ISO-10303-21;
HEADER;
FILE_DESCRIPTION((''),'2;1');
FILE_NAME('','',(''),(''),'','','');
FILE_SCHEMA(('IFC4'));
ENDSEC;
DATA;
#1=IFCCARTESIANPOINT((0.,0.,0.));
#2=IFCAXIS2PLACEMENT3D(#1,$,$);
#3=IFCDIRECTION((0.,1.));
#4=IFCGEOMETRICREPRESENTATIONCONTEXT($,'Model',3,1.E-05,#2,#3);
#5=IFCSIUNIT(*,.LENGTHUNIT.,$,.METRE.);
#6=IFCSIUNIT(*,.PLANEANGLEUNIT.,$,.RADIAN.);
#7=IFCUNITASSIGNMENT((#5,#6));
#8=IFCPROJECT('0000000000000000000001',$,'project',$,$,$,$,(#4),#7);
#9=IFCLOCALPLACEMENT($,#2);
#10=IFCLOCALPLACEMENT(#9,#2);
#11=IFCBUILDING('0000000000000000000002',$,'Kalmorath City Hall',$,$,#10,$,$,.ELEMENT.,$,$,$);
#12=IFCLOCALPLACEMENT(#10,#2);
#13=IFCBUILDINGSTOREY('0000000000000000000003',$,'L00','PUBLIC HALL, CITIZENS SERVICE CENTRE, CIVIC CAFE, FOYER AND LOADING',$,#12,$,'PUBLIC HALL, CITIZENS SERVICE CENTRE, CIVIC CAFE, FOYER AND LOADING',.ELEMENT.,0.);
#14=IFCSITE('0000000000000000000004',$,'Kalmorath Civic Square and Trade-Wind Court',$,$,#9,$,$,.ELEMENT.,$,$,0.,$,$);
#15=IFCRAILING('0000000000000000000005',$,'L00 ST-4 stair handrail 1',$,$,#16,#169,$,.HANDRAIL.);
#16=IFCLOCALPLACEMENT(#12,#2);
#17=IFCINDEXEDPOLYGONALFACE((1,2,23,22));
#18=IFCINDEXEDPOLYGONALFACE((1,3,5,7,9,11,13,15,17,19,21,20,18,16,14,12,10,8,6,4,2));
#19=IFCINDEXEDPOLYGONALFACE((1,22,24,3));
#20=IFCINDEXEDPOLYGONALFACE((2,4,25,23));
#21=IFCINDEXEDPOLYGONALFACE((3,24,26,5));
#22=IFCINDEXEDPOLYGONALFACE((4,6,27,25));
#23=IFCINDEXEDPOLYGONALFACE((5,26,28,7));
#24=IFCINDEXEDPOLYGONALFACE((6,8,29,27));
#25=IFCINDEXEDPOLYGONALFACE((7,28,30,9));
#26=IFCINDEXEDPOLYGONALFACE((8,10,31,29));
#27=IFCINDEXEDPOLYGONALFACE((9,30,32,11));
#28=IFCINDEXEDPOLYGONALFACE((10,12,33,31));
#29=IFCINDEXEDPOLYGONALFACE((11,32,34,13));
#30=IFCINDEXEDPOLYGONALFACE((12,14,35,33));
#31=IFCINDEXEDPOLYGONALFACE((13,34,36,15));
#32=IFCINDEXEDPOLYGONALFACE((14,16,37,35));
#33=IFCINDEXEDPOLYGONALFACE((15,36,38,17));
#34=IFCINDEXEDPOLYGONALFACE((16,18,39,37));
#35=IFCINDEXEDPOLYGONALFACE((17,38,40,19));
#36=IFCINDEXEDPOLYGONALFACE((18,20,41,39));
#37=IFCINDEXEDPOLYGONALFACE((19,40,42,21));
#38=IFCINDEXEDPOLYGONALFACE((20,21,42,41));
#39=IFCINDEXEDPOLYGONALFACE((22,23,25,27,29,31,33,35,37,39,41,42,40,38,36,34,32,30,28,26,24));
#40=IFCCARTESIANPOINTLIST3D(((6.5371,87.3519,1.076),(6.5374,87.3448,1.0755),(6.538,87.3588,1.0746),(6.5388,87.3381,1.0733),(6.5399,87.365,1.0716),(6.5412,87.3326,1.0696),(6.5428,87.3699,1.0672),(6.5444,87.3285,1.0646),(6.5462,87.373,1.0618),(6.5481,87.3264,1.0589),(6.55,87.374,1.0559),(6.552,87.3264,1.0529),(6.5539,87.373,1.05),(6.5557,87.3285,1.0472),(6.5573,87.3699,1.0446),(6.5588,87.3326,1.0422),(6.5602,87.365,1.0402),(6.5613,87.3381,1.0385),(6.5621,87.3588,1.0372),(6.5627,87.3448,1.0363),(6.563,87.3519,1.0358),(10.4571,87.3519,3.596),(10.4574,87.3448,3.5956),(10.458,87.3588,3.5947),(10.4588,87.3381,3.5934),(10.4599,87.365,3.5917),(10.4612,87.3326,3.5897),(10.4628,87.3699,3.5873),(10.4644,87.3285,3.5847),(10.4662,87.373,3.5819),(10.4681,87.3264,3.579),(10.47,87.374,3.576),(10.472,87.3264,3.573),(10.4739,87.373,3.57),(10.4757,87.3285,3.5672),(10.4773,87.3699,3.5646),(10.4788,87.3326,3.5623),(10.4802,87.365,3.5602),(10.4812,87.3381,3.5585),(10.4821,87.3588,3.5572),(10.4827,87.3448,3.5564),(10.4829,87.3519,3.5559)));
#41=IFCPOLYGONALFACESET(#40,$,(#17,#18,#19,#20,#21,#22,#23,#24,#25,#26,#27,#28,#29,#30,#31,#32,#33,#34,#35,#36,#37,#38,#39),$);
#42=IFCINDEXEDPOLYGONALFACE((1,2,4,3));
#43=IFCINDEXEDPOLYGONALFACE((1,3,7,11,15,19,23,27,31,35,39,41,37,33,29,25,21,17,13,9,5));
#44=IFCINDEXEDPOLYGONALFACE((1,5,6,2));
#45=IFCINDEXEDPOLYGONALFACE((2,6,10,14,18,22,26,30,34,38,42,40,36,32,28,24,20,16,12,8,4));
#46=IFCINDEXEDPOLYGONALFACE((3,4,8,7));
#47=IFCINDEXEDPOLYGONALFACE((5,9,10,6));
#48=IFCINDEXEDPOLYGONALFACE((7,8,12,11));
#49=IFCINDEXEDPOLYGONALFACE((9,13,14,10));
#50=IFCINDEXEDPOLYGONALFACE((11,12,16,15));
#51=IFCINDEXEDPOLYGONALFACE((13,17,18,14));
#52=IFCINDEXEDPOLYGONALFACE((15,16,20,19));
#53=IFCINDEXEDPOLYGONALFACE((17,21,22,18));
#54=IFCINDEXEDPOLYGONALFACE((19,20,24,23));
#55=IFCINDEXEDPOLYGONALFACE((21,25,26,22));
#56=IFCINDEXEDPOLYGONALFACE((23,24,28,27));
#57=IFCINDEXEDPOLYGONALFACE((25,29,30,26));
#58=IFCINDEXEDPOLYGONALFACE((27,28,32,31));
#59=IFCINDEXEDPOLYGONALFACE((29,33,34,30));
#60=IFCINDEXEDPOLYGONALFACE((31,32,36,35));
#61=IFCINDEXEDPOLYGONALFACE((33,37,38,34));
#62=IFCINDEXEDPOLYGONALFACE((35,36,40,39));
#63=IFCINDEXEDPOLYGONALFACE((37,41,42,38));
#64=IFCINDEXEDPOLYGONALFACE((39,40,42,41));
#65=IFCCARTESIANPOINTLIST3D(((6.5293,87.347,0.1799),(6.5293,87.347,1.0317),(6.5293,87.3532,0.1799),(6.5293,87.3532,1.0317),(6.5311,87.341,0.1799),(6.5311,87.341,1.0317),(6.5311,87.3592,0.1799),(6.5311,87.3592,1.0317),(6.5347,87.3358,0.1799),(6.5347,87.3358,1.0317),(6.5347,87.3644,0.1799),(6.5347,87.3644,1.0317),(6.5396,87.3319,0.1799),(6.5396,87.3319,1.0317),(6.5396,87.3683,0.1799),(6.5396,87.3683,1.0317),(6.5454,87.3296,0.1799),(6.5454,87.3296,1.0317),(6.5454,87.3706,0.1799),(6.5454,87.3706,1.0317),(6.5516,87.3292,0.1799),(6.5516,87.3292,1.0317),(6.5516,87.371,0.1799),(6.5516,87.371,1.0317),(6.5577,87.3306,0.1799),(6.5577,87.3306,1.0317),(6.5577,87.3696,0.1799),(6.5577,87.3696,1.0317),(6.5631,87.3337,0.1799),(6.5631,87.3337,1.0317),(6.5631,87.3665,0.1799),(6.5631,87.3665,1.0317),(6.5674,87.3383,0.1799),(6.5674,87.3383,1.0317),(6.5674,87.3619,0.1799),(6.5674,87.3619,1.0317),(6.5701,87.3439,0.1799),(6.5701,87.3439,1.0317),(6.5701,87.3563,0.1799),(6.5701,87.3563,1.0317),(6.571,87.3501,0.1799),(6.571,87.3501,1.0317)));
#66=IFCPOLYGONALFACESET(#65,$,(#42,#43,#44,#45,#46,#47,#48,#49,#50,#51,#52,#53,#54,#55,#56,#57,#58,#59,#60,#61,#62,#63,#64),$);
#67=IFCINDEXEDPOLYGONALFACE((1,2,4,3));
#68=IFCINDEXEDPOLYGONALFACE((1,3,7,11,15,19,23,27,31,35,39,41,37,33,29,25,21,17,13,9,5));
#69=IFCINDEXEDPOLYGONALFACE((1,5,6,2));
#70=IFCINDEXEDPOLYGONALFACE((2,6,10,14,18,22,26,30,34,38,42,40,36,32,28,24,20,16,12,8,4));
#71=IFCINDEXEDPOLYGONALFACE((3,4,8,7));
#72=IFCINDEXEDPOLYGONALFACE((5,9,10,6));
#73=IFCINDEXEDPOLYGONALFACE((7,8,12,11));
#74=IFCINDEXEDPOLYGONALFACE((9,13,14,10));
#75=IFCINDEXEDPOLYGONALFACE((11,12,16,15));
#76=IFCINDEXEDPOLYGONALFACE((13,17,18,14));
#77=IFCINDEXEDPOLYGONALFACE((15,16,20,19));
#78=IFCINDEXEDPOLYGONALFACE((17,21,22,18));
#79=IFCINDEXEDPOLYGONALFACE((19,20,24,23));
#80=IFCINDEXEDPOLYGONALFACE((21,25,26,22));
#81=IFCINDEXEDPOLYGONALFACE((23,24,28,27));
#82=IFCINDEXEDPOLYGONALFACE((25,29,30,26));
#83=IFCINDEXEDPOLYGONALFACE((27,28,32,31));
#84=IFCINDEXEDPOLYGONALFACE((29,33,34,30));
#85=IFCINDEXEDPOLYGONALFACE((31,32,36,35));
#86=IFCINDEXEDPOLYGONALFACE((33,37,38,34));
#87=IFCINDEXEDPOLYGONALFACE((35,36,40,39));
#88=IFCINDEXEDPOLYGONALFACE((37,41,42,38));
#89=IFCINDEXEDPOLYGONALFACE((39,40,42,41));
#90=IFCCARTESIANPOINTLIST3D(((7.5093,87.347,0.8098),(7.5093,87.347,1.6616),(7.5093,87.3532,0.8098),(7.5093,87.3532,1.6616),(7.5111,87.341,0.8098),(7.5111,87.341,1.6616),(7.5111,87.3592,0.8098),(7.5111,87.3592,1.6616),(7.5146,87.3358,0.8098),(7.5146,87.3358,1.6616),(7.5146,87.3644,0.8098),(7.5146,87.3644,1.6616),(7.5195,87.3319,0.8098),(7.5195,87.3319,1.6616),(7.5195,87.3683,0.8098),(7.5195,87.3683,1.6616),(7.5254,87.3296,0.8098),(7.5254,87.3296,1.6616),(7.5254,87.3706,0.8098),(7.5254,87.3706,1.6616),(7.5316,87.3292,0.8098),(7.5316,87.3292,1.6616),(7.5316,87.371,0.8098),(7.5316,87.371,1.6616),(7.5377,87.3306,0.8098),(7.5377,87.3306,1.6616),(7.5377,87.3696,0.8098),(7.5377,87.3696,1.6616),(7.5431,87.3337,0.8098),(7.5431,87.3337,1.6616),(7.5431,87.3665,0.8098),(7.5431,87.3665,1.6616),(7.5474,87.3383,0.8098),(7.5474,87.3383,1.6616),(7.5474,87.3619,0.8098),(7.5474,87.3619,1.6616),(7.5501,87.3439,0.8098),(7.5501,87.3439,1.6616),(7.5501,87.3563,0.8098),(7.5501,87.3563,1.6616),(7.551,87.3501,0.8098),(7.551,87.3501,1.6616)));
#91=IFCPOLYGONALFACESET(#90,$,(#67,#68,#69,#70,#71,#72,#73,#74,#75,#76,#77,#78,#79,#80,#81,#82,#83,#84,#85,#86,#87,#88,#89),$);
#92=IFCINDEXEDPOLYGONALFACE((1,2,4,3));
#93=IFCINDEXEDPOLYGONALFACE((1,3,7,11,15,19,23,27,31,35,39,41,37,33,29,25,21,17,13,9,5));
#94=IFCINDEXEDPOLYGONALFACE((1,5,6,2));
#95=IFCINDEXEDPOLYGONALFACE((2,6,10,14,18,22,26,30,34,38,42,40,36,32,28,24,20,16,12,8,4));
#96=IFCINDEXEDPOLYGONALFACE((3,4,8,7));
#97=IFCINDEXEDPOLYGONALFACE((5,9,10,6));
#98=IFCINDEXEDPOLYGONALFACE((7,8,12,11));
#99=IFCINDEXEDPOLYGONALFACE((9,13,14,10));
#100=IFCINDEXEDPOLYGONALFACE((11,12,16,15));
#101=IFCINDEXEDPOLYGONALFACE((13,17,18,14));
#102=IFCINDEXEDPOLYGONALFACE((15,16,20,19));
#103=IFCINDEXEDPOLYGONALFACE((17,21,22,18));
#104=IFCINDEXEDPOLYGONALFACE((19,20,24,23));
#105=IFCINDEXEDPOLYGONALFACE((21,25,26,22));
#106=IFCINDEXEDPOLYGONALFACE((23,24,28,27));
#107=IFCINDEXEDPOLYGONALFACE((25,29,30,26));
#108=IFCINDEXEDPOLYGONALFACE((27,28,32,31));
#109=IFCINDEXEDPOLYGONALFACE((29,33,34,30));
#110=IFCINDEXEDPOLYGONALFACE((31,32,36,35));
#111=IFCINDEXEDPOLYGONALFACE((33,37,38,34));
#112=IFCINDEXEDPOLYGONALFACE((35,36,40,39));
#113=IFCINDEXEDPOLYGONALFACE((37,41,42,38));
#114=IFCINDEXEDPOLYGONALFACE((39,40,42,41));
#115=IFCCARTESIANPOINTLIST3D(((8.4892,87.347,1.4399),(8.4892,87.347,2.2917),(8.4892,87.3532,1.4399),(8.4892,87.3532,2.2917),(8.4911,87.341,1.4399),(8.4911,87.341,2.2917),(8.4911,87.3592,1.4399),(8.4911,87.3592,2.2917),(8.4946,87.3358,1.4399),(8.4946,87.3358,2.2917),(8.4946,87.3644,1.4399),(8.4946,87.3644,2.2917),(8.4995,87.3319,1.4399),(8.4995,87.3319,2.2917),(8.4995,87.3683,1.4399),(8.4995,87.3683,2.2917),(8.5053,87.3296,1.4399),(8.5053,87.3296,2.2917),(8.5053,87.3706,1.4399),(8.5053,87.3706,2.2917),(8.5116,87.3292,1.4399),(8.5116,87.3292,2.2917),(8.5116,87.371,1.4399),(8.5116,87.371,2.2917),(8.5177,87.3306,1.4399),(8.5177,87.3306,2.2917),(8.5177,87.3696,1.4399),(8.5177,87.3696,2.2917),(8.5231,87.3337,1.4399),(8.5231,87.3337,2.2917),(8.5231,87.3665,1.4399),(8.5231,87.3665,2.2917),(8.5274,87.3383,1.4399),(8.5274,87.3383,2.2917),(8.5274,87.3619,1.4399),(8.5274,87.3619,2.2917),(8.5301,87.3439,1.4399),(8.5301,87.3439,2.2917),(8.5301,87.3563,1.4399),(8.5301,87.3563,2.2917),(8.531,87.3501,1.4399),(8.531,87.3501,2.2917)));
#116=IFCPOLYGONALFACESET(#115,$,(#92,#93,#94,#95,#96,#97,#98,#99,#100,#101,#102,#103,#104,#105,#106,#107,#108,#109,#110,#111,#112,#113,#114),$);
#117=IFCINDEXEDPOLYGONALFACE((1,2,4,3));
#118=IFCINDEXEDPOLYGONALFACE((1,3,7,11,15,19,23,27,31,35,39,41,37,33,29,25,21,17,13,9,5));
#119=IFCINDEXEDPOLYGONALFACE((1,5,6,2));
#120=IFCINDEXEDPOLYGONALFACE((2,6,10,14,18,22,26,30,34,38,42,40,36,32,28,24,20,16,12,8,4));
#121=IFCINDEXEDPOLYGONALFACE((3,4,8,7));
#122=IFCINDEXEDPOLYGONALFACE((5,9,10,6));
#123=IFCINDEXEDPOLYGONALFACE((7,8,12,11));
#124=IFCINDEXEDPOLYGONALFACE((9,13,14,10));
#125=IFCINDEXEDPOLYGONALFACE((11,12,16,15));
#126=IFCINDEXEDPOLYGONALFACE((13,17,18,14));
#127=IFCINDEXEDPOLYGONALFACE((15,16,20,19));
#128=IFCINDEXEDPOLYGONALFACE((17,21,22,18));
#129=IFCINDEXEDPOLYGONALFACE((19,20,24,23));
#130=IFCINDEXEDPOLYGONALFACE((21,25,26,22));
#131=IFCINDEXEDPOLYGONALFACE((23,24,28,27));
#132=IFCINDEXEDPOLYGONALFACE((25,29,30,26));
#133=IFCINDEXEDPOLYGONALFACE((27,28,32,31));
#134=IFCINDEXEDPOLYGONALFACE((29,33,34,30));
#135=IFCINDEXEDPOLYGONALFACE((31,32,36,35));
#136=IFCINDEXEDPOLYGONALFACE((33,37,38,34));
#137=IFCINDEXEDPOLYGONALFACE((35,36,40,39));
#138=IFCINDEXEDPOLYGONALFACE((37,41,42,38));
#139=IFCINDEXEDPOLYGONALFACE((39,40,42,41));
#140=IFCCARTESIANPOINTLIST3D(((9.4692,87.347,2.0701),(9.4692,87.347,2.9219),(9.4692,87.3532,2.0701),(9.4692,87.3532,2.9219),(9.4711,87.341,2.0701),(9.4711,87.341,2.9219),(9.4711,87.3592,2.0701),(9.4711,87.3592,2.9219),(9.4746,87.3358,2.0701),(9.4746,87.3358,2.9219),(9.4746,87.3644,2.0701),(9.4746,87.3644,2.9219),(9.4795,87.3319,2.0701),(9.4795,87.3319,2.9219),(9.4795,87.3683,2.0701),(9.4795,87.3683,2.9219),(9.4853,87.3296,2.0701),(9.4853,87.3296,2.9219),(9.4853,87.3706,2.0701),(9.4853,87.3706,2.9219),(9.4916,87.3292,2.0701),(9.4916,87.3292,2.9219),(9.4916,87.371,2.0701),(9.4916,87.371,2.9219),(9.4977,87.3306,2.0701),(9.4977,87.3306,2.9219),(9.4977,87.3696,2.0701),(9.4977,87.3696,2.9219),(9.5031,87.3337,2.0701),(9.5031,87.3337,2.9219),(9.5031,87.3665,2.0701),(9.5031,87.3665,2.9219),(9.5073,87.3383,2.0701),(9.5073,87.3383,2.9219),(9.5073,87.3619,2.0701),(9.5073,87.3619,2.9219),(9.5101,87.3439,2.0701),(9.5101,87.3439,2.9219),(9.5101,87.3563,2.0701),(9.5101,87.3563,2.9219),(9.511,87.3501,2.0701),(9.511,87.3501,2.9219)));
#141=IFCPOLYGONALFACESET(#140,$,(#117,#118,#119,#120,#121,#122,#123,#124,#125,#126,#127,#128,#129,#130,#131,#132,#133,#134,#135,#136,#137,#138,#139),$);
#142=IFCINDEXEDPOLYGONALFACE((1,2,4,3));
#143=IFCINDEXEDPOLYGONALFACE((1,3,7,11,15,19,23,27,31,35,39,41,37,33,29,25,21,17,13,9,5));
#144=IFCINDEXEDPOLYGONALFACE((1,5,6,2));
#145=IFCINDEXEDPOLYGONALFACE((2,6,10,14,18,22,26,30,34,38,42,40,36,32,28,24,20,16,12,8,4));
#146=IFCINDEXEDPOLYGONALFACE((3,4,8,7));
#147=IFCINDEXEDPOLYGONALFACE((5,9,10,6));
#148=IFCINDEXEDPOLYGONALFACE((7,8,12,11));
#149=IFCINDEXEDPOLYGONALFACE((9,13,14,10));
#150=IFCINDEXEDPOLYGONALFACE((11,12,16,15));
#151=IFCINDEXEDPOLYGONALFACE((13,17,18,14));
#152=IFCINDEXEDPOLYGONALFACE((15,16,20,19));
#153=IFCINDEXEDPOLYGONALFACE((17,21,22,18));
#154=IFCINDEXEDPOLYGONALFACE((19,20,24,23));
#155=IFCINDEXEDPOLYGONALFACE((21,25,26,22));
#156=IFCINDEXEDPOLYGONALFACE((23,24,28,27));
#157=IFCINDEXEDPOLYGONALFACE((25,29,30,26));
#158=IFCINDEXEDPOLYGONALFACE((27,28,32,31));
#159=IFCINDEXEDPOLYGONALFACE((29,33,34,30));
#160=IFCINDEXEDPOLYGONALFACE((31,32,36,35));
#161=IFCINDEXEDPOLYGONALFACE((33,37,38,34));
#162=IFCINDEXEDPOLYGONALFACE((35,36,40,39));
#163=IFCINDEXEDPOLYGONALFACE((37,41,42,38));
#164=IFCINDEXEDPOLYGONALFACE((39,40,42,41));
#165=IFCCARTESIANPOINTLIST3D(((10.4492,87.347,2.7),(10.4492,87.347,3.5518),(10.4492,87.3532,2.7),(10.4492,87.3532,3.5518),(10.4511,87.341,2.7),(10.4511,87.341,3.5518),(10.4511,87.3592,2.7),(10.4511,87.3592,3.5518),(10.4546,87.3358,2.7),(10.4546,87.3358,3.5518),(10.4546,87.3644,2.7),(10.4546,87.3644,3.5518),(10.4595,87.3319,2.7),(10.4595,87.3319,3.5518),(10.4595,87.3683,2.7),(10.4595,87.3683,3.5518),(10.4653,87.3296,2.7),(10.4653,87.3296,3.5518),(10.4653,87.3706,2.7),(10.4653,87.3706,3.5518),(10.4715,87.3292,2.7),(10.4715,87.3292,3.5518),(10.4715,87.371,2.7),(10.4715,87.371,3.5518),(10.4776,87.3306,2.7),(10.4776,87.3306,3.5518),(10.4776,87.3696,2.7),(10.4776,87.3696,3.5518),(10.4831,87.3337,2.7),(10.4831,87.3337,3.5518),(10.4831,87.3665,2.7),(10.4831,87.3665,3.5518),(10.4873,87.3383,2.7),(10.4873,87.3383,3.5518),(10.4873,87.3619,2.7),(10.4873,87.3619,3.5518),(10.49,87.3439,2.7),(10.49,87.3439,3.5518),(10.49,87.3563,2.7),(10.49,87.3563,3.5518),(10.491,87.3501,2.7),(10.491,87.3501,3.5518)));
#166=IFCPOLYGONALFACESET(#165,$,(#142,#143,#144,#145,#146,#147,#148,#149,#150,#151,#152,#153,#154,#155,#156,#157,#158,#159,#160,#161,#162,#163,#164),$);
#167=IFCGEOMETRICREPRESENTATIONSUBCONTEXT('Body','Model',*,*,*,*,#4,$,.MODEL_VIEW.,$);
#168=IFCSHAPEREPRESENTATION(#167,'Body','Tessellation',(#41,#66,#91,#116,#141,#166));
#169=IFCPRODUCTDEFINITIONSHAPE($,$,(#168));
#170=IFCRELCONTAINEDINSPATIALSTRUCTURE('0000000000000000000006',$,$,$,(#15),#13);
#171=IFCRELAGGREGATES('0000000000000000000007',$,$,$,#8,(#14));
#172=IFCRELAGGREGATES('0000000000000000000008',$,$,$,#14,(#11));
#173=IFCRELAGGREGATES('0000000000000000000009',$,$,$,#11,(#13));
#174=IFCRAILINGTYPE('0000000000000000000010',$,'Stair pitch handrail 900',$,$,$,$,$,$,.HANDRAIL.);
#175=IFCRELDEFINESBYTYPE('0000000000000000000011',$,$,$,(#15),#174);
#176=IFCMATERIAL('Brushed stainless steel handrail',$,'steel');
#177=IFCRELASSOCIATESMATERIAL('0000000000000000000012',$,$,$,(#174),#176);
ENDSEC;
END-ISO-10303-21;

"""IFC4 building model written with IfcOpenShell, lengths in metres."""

from ifc_helpers import new_model, si_unit, direction, frame, origin, origin_2d, place, context, subcontext, project, spatial, circle, extrude, material, type_object, element, save


model = new_model("IFC4")

# Units and contexts
model_context = context("Model", 3, precision=1e-05, world=origin(), true_north=direction((0.0, 1.0)))
body_context = subcontext(model_context, "Body", "Model", "MODEL_VIEW")
ifc_project = project(units=[si_unit("LENGTHUNIT", "METRE"), si_unit("PLANEANGLEUNIT", "RADIAN")], contexts=[model_context])

# Site, building, storey
site_placement = place(None, origin())
site = spatial("IfcSite", under=ifc_project, at=site_placement, Name="Kalmorath Civic Square and Trade-Wind Court", CompositionType="ELEMENT", RefElevation=0.0)
building_placement = place(site_placement, origin())
building = spatial("IfcBuilding", under=site, at=building_placement, Name="Kalmorath City Hall", CompositionType="ELEMENT")
storey_placement = place(building_placement, origin())
storey = spatial("IfcBuildingStorey", under=building, at=storey_placement, Name="L00", Description="PUBLIC HALL, CITIZENS SERVICE CENTRE, CIVIC CAFE, FOYER AND LOADING", LongName="PUBLIC HALL, CITIZENS SERVICE CENTRE, CIVIC CAFE, FOYER AND LOADING", CompositionType="ELEMENT", Elevation=0.0)

# Railing
ifc_material_1 = material(Name="Brushed stainless steel handrail", Category="steel")
railing_type_1 = type_object("IfcRailingType", Name="Stair pitch handrail 900", PredefinedType="HANDRAIL", material=ifc_material_1)
railing_1_placement = place(storey_placement, frame((6.55, 87.3501, 0.1799)))
element("IfcRailing", 1, at=railing_1_placement, inside=storey, type_object=railing_type_1, Name="L00 ST-4 stair handrail 1", PredefinedType="HANDRAIL", context=body_context, shape_type="SweptSolid", body=[
    extrude(circle(Radius=0.0239, at=origin_2d()), frame((0.0, 0.0, 0.876), z_axis=(0.841172, 0.0, 0.540768), x_axis=(0.0, 1.0, 0.0)), (0.0, 0.0, 1.0), 4.6602),
    extrude(circle(Radius=0.021, at=origin_2d()), origin(), (0.0, 0.0, 1.0), 0.8518),
    extrude(circle(Radius=0.021, at=origin_2d()), frame((0.98, 0.0, 0.6299)), (0.0, 0.0, 1.0), 0.8518),
    extrude(circle(Radius=0.021, at=origin_2d()), frame((1.96, 0.0, 1.26)), (0.0, 0.0, 1.0), 0.8518),
    extrude(circle(Radius=0.021, at=origin_2d()), frame((2.9399, 0.0, 1.8901)), (0.0, 0.0, 1.0), 0.8518),
    extrude(circle(Radius=0.021, at=origin_2d()), frame((3.9199, 0.0, 2.52)), (0.0, 0.0, 1.0), 0.8518),
])

save(model, "model.ifc")
